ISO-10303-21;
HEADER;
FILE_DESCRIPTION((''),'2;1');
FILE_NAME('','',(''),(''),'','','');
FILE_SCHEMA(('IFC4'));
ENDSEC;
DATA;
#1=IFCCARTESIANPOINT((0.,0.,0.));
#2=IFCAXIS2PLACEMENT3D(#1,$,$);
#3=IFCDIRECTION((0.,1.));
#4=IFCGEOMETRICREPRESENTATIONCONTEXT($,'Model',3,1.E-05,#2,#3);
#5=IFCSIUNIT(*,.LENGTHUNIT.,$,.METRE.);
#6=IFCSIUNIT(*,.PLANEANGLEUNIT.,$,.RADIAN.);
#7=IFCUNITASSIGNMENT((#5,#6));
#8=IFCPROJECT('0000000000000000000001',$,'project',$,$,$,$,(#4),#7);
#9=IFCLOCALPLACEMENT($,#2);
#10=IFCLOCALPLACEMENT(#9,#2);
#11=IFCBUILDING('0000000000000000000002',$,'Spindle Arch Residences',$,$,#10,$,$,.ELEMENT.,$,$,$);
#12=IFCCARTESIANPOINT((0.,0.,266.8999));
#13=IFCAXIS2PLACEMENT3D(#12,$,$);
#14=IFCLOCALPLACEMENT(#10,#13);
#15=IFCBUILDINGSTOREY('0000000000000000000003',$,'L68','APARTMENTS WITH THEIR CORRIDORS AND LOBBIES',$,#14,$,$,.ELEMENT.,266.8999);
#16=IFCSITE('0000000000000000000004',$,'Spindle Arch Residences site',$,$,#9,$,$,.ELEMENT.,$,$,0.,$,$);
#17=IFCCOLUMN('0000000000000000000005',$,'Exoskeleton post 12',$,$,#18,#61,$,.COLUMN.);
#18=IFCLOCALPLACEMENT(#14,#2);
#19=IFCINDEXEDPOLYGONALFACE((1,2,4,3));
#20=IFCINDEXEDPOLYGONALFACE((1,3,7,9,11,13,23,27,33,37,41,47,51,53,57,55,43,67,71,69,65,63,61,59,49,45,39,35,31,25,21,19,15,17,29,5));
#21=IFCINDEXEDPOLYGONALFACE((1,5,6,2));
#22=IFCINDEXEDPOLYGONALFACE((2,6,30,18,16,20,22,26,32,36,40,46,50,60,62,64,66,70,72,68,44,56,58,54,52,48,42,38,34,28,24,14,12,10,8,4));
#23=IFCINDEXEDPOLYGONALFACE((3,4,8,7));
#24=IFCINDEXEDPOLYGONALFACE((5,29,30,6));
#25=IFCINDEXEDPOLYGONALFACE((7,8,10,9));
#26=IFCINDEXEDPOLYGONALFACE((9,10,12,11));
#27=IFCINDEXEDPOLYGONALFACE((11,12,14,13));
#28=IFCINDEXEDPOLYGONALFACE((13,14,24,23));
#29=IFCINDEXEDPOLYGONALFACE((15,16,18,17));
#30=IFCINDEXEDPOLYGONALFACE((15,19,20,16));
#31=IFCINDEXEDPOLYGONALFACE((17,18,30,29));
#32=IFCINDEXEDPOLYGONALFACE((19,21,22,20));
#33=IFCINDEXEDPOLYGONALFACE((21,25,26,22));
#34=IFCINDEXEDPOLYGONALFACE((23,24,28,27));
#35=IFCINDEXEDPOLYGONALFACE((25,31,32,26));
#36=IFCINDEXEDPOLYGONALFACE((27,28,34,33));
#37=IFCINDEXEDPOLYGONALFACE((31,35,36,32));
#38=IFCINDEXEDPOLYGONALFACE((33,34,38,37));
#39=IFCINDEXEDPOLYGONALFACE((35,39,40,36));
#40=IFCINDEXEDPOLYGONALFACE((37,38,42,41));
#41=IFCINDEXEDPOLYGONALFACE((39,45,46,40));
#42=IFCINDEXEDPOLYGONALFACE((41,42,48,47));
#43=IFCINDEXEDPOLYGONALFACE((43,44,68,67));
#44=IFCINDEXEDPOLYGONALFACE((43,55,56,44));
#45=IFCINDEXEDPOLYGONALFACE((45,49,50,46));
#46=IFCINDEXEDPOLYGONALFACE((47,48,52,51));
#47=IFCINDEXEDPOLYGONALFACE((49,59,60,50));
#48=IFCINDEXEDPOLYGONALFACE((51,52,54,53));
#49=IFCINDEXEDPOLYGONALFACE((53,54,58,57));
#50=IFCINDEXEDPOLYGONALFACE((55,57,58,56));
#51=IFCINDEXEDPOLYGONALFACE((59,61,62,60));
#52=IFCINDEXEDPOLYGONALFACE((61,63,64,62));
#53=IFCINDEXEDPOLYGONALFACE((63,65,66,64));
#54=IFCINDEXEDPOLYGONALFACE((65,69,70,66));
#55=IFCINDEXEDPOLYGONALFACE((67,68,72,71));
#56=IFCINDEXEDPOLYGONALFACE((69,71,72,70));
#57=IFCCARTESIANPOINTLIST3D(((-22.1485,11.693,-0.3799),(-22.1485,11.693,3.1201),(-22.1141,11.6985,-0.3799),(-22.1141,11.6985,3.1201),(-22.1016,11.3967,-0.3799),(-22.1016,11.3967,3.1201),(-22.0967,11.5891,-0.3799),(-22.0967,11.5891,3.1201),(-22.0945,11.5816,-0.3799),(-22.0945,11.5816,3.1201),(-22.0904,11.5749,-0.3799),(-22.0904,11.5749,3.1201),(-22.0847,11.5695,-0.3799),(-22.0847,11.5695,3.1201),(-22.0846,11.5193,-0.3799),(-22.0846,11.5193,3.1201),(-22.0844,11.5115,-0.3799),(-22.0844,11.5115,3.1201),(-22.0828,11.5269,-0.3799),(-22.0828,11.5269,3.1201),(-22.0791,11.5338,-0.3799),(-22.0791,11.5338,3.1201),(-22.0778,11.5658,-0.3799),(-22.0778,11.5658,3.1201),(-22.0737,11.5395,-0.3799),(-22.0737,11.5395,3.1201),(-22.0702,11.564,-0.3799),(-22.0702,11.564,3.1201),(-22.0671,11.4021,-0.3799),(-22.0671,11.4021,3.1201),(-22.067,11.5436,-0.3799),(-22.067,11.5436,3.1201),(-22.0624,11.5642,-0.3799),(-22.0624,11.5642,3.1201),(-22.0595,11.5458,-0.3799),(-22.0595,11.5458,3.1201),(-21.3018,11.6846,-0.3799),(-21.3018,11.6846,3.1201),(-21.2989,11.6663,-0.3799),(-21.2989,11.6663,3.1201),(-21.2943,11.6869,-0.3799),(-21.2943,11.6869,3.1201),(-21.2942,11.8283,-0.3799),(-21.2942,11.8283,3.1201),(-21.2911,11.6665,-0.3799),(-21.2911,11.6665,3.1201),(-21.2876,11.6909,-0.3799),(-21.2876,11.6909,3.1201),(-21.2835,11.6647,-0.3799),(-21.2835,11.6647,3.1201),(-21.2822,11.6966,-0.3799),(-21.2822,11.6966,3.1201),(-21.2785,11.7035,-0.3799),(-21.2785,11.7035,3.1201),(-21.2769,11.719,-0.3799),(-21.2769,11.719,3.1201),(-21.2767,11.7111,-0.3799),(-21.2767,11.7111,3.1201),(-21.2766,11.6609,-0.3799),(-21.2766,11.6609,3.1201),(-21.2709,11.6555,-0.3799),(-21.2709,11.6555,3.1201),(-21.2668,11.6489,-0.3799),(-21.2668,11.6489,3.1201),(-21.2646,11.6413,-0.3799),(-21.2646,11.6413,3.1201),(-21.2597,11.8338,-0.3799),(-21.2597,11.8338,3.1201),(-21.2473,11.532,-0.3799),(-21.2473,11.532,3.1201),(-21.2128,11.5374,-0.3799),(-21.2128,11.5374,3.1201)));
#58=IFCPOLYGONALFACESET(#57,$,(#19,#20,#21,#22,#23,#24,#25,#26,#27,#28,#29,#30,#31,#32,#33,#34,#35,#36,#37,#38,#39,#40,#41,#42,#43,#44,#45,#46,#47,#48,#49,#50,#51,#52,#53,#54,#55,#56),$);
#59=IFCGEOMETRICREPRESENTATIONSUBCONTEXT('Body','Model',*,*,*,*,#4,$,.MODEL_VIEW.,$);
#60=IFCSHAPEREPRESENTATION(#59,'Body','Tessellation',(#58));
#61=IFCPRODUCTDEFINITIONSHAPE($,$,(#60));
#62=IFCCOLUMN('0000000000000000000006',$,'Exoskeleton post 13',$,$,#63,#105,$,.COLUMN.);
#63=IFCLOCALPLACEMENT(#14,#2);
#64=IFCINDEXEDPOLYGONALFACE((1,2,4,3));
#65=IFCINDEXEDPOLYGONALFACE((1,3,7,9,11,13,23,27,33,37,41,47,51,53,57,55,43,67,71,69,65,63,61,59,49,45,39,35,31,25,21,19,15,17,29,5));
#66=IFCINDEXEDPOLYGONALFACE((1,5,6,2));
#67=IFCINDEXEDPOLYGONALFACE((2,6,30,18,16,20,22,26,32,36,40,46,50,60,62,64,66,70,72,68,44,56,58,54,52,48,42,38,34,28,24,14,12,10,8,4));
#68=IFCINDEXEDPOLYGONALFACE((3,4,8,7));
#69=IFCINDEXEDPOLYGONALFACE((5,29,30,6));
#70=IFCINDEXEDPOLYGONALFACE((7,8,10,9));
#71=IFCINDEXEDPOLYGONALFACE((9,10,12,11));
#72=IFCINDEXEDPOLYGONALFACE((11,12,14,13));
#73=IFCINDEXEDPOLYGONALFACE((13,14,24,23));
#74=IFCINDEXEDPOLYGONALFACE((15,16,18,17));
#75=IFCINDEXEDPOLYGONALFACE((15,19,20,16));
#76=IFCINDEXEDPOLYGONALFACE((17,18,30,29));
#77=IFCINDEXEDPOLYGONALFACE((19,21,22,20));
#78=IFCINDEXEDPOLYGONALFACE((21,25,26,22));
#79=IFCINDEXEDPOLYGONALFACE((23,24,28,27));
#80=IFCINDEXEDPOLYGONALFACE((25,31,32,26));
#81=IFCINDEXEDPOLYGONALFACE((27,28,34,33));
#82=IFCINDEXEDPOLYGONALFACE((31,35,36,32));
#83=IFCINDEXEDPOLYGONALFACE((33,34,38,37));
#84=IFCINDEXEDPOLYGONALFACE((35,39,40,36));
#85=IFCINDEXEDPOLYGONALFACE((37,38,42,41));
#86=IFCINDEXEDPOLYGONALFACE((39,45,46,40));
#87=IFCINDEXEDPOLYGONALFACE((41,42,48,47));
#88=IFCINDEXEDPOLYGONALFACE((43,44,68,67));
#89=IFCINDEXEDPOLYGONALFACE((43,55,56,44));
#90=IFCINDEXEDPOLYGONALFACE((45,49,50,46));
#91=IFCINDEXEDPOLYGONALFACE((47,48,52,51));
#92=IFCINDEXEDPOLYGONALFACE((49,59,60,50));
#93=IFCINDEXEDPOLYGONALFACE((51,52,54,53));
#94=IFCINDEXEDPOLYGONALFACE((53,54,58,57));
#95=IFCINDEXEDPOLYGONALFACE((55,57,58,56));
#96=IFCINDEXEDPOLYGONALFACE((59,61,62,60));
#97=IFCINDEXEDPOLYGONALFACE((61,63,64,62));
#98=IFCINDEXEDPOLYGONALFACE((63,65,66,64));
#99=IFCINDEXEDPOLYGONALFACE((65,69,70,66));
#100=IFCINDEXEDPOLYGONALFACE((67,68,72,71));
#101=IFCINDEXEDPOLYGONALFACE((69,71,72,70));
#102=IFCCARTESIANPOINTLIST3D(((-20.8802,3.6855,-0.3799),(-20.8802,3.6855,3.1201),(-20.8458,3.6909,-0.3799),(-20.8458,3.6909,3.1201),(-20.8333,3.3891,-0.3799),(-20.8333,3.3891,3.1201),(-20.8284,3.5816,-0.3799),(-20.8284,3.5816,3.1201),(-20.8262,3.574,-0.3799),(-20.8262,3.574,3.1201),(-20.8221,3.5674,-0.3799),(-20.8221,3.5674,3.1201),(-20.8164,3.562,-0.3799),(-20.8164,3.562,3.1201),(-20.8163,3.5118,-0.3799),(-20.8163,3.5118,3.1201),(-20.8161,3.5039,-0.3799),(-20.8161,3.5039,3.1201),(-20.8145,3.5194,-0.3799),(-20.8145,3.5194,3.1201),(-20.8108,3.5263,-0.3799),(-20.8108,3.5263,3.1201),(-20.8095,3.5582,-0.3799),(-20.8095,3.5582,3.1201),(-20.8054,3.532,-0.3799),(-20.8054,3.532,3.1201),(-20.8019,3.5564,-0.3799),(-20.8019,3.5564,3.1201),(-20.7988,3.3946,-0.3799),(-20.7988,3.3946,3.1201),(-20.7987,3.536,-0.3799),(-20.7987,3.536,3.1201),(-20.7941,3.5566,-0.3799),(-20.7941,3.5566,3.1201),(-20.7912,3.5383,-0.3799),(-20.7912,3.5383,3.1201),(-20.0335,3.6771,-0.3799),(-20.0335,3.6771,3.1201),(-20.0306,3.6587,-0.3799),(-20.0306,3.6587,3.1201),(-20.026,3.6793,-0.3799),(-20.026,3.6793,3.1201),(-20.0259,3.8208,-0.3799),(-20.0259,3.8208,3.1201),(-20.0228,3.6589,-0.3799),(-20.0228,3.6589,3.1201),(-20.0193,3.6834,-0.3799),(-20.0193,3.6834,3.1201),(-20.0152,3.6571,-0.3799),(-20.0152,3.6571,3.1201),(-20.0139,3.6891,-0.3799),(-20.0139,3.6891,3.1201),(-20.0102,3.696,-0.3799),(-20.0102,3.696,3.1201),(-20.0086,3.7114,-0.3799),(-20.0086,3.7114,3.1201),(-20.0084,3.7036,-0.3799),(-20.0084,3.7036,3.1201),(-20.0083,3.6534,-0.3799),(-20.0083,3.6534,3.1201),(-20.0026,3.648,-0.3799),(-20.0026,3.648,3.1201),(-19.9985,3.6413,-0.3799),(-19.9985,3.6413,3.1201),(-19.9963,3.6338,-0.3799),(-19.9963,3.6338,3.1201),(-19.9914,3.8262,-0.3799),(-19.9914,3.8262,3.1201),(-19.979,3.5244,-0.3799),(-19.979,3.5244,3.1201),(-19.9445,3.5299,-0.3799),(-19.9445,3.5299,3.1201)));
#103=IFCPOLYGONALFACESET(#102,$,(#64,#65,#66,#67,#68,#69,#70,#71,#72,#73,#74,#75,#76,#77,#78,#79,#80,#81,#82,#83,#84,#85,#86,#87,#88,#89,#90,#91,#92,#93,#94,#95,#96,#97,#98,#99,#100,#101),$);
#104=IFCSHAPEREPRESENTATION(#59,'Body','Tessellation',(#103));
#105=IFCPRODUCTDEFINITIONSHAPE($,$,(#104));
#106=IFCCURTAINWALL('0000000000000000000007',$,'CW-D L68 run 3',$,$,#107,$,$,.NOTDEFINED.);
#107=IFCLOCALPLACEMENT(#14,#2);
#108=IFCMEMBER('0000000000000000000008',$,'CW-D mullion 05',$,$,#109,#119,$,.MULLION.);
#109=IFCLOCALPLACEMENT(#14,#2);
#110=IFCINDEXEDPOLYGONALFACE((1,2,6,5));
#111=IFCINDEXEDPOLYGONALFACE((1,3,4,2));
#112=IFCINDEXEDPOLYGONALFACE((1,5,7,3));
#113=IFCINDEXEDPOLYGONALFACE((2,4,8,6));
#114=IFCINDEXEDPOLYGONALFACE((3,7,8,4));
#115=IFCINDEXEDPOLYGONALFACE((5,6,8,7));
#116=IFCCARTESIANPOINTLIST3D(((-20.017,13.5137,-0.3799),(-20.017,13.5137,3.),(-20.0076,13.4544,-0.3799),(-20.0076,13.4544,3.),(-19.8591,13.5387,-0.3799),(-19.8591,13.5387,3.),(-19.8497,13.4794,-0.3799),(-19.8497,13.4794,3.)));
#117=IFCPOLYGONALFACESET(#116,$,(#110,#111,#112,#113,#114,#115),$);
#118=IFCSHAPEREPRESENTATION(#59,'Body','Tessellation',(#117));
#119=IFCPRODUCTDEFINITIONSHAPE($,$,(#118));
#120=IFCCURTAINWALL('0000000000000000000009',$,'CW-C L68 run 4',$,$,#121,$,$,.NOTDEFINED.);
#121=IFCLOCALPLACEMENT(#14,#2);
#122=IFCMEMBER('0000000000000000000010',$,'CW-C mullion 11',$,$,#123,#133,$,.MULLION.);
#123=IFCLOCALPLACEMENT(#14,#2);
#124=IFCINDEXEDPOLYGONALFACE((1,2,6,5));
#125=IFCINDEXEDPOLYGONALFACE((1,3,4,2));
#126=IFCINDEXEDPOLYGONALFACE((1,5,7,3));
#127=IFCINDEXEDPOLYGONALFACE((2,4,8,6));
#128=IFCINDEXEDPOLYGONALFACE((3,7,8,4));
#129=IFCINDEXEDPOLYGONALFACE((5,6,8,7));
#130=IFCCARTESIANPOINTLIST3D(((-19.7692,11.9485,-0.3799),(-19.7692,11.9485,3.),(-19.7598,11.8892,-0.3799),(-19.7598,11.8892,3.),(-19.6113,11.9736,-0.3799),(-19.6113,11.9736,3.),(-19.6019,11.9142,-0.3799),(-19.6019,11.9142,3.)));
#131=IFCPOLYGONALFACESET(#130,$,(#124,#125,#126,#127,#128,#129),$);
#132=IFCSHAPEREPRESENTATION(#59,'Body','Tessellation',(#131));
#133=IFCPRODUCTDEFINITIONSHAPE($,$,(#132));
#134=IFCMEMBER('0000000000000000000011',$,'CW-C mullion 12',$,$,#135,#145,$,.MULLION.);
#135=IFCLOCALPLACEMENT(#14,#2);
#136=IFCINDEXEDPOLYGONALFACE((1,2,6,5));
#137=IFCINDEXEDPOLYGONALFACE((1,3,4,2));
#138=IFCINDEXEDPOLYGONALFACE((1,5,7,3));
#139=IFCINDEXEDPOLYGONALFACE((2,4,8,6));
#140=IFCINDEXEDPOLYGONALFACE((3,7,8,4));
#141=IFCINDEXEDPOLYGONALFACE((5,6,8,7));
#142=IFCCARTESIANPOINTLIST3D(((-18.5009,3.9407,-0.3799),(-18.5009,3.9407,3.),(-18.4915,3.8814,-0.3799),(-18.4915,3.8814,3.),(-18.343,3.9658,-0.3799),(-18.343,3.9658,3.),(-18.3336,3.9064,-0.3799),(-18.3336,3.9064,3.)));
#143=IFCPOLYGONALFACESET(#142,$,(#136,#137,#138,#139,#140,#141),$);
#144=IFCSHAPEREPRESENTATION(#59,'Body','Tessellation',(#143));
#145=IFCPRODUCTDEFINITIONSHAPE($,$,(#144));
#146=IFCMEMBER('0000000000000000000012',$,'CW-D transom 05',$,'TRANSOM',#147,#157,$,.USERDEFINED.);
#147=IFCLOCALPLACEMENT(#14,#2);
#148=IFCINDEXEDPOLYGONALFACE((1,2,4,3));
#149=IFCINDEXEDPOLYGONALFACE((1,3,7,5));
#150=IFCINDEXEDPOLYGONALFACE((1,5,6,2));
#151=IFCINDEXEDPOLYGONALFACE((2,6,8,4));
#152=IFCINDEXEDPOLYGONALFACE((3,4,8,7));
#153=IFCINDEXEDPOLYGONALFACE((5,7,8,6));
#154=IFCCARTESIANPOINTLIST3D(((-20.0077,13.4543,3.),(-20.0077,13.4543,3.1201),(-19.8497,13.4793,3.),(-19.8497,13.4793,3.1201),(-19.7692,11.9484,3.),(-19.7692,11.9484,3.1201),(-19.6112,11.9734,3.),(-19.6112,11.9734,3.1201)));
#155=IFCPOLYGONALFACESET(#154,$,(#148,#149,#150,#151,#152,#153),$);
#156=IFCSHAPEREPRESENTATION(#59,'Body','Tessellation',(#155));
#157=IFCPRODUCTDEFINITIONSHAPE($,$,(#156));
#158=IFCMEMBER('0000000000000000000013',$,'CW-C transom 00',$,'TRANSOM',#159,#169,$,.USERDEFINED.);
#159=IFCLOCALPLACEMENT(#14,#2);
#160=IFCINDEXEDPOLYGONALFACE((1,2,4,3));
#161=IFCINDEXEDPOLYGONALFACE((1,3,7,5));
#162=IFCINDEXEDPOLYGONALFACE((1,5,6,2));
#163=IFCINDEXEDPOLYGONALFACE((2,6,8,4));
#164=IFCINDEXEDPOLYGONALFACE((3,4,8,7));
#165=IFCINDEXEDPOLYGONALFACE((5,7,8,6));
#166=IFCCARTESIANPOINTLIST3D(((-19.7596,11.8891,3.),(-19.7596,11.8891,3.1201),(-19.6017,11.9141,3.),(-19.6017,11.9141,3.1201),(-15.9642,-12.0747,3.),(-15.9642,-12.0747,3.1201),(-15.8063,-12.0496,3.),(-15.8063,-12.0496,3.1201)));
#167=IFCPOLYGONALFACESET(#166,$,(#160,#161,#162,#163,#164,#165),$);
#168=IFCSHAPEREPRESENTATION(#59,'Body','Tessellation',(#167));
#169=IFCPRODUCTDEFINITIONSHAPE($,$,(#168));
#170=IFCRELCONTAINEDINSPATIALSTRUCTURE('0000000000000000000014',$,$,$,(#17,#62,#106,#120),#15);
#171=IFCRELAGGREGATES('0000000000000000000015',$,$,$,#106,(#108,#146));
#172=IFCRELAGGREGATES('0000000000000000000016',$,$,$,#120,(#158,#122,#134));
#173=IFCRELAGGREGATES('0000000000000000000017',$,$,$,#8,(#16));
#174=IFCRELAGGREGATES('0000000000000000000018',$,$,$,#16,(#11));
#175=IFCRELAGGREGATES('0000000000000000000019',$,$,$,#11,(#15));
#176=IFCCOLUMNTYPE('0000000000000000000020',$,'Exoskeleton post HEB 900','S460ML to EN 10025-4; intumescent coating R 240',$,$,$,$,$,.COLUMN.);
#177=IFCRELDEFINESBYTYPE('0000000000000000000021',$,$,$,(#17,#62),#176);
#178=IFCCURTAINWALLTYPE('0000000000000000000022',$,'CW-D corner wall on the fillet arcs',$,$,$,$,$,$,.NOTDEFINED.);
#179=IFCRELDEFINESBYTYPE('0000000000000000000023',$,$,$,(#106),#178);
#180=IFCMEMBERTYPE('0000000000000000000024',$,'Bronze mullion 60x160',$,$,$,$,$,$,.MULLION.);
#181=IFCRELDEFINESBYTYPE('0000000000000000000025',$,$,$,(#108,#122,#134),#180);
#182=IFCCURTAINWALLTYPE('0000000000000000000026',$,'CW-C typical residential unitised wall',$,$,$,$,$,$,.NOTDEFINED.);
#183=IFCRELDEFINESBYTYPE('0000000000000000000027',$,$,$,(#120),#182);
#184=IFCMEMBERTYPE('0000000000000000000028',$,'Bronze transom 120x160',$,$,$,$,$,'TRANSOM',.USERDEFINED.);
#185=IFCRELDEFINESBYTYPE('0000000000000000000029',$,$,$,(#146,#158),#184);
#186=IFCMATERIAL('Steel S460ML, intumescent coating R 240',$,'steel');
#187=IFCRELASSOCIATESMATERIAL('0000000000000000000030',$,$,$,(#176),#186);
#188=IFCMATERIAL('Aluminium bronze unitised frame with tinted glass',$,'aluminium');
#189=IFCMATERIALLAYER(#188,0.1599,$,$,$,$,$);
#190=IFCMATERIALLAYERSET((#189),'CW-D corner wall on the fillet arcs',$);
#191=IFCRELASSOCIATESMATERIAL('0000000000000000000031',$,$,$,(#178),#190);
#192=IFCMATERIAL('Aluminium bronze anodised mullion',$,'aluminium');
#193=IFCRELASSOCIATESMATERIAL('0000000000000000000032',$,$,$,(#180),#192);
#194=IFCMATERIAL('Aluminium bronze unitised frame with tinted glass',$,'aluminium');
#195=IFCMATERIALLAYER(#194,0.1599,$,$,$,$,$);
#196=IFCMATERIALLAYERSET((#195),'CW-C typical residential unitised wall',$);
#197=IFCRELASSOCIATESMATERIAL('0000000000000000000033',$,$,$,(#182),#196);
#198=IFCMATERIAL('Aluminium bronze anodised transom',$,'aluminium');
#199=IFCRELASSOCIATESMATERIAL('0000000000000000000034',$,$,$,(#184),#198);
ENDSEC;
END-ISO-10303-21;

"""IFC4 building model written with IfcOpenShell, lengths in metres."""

from ifc_helpers import new_model, si_unit, direction, frame, origin, origin_2d, place, context, subcontext, project, spatial, rectangle, i_section, extrude, material, layer, layer_set, material_profile, profile_set, type_object, element, aggregate, save


model = new_model("IFC4")

# Units and contexts
model_context = context("Model", 3, precision=1e-05, world=origin(), true_north=direction((0.0, 1.0)))
body_context = subcontext(model_context, "Body", "Model", "MODEL_VIEW")
ifc_project = project(units=[si_unit("LENGTHUNIT", "METRE"), si_unit("PLANEANGLEUNIT", "RADIAN")], contexts=[model_context])

# Site, building, storey
site_placement = place(None, origin())
site = spatial("IfcSite", under=ifc_project, at=site_placement, Name="Spindle Arch Residences site", CompositionType="ELEMENT", RefElevation=0.0)
building_placement = place(site_placement, origin())
building = spatial("IfcBuilding", under=site, at=building_placement, Name="Spindle Arch Residences", CompositionType="ELEMENT")
storey_placement = place(building_placement, frame((0.0, 0.0, 266.8999)))
storey = spatial("IfcBuildingStorey", under=building, at=storey_placement, Name="L68", Description="APARTMENTS WITH THEIR CORRIDORS AND LOBBIES", CompositionType="ELEMENT", Elevation=266.8999)

# Columns
ifc_material_1 = material(Name="Steel S460ML, intumescent coating R 240", Category="steel")
ifc_material_profile_1 = material_profile(ifc_material_1, i_section(OverallWidth=0.3, OverallDepth=0.8999, WebThickness=0.0186, FlangeThickness=0.0349, FilletRadius=0.03, at=origin_2d()), Name="HEB 900")
ifc_profile_set_1 = profile_set([ifc_material_profile_1], Name="Steel S460ML, intumescent coating R 240")
column_type = type_object("IfcColumnType", Name="Exoskeleton post HEB 900", Description="S460ML to EN 10025-4; intumescent coating R 240", PredefinedType="COLUMN", material=ifc_profile_set_1)
for number, where, z_axis, x_axis, name in (
    (1, (-21.6807, 11.6152, -0.3799), (0.0, 0.0, 1.0), (-0.156434, 0.987688, 0.0), "Exoskeleton post 12"),
    (2, (-20.4124, 3.6077, -0.3799), (0.0, 0.0, 1.0), (-0.156434, 0.987688, 0.0), "Exoskeleton post 13"),
):
    element("IfcColumn", number, at=place(storey_placement, frame(where, z_axis=z_axis, x_axis=x_axis)), inside=storey, type_object=column_type, Name=name, PredefinedType="COLUMN", context=body_context, shape_type="SweptSolid", body=[
        extrude(i_section(OverallWidth=0.3, OverallDepth=0.8999, WebThickness=0.0186, FlangeThickness=0.0349, FilletRadius=0.03, at=origin_2d()), origin(), (0.0, 0.0, 1.0), 3.5),
    ])

# Curtain wall, member
ifc_material_2 = material(Name="Aluminium bronze unitised frame with tinted glass", Category="aluminium")
ifc_layer_1 = layer(ifc_material_2, 0.1599)
ifc_layer_set_1 = layer_set([ifc_layer_1], Name="CW-D corner wall on the fillet arcs")
curtain_wall_type_1 = type_object("IfcCurtainWallType", Name="CW-D corner wall on the fillet arcs", PredefinedType="NOTDEFINED", material=ifc_layer_set_1)
curtain_wall_1_placement = place(storey_placement, origin())
curtain_wall_1 = element("IfcCurtainWall", 3, at=curtain_wall_1_placement, inside=storey, type_object=curtain_wall_type_1, Name="CW-D L68 run 3", PredefinedType="NOTDEFINED")
ifc_material_3 = material(Name="Aluminium bronze anodised mullion", Category="aluminium")
ifc_material_profile_2 = material_profile(ifc_material_3, rectangle(XDim=0.1599, YDim=0.0601, at=origin_2d()), Name="MU 60x160")
ifc_profile_set_2 = profile_set([ifc_material_profile_2], Name="Aluminium bronze anodised mullion")
member_type_1 = type_object("IfcMemberType", Name="Bronze mullion 60x160", PredefinedType="MULLION", material=ifc_profile_set_2)
member_1_placement = place(storey_placement, frame((-19.9333, 13.4966, -0.3799), z_axis=(0.0, 0.0, 1.0), x_axis=(0.987688, 0.156434, 0.0)))
member_1 = element("IfcMember", 4, at=member_1_placement, type_object=member_type_1, Name="CW-D mullion 05", PredefinedType="MULLION", context=body_context, shape_type="SweptSolid", body=[
    extrude(rectangle(XDim=0.1599, YDim=0.0601, at=origin_2d()), origin(), (0.0, 0.0, 1.0), 3.3799),
])

# Curtain wall, members
ifc_material_4 = material(Name="Aluminium bronze unitised frame with tinted glass", Category="aluminium")
ifc_layer_2 = layer(ifc_material_4, 0.1599)
ifc_layer_set_2 = layer_set([ifc_layer_2], Name="CW-C typical residential unitised wall")
curtain_wall_type_2 = type_object("IfcCurtainWallType", Name="CW-C typical residential unitised wall", PredefinedType="NOTDEFINED", material=ifc_layer_set_2)
curtain_wall_2_placement = place(storey_placement, origin())
curtain_wall_2 = element("IfcCurtainWall", 5, at=curtain_wall_2_placement, inside=storey, type_object=curtain_wall_type_2, Name="CW-C L68 run 4", PredefinedType="NOTDEFINED")
member_2_placement = place(storey_placement, frame((-19.6855, 11.9314, -0.3799), z_axis=(0.0, 0.0, 1.0), x_axis=(0.987688, 0.156434, 0.0)))
member_2 = element("IfcMember", 6, at=member_2_placement, type_object=member_type_1, Name="CW-C mullion 11", PredefinedType="MULLION", context=body_context, shape_type="SweptSolid", body=[
    extrude(rectangle(XDim=0.1599, YDim=0.0601, at=origin_2d()), origin(), (0.0, 0.0, 1.0), 3.3799),
])
member_3_placement = place(storey_placement, frame((-18.4172, 3.9236, -0.3799), z_axis=(0.0, 0.0, 1.0), x_axis=(0.987688, 0.156434, 0.0)))
member_3 = element("IfcMember", 7, at=member_3_placement, type_object=member_type_1, Name="CW-C mullion 12", PredefinedType="MULLION", context=body_context, shape_type="SweptSolid", body=[
    extrude(rectangle(XDim=0.1599, YDim=0.0601, at=origin_2d()), origin(), (0.0, 0.0, 1.0), 3.3799),
])

# Members
ifc_material_5 = material(Name="Aluminium bronze anodised transom", Category="aluminium")
ifc_material_profile_3 = material_profile(ifc_material_5, rectangle(XDim=0.1599, YDim=0.1201, at=origin_2d()), Name="TR 120x160")
ifc_profile_set_3 = profile_set([ifc_material_profile_3], Name="Aluminium bronze anodised transom")
member_type_2 = type_object("IfcMemberType", Name="Bronze transom 120x160", ElementType="TRANSOM", PredefinedType="USERDEFINED", material=ifc_profile_set_3)
member_4_placement = place(storey_placement, frame((-19.9287, 13.4668, 3.0601), z_axis=(0.156448, -0.987686, 0.0), x_axis=(0.987686, 0.156448, 0.0)))
member_4 = element("IfcMember", 8, at=member_4_placement, type_object=member_type_2, Name="CW-D transom 05", ObjectType="TRANSOM", PredefinedType="USERDEFINED", context=body_context, shape_type="SweptSolid", body=[
    extrude(rectangle(XDim=0.1599, YDim=0.1201, at=origin_2d()), origin(), (0.0, 0.0, 1.0), 1.5247),
])
member_5_placement = place(storey_placement, frame((-19.6807, 11.9016, 3.0601), z_axis=(0.156431, -0.987689, 0.0), x_axis=(0.987689, 0.156431, 0.0)))
member_5 = element("IfcMember", 9, at=member_5_placement, type_object=member_type_2, Name="CW-C transom 00", ObjectType="TRANSOM", PredefinedType="USERDEFINED", context=body_context, shape_type="SweptSolid", body=[
    extrude(rectangle(XDim=0.1599, YDim=0.1201, at=origin_2d()), origin(), (0.0, 0.0, 1.0), 24.2625),
])

aggregate(curtain_wall_1, [member_1, member_4])
aggregate(curtain_wall_2, [member_5, member_2, member_3])

save(model, "model.ifc")
